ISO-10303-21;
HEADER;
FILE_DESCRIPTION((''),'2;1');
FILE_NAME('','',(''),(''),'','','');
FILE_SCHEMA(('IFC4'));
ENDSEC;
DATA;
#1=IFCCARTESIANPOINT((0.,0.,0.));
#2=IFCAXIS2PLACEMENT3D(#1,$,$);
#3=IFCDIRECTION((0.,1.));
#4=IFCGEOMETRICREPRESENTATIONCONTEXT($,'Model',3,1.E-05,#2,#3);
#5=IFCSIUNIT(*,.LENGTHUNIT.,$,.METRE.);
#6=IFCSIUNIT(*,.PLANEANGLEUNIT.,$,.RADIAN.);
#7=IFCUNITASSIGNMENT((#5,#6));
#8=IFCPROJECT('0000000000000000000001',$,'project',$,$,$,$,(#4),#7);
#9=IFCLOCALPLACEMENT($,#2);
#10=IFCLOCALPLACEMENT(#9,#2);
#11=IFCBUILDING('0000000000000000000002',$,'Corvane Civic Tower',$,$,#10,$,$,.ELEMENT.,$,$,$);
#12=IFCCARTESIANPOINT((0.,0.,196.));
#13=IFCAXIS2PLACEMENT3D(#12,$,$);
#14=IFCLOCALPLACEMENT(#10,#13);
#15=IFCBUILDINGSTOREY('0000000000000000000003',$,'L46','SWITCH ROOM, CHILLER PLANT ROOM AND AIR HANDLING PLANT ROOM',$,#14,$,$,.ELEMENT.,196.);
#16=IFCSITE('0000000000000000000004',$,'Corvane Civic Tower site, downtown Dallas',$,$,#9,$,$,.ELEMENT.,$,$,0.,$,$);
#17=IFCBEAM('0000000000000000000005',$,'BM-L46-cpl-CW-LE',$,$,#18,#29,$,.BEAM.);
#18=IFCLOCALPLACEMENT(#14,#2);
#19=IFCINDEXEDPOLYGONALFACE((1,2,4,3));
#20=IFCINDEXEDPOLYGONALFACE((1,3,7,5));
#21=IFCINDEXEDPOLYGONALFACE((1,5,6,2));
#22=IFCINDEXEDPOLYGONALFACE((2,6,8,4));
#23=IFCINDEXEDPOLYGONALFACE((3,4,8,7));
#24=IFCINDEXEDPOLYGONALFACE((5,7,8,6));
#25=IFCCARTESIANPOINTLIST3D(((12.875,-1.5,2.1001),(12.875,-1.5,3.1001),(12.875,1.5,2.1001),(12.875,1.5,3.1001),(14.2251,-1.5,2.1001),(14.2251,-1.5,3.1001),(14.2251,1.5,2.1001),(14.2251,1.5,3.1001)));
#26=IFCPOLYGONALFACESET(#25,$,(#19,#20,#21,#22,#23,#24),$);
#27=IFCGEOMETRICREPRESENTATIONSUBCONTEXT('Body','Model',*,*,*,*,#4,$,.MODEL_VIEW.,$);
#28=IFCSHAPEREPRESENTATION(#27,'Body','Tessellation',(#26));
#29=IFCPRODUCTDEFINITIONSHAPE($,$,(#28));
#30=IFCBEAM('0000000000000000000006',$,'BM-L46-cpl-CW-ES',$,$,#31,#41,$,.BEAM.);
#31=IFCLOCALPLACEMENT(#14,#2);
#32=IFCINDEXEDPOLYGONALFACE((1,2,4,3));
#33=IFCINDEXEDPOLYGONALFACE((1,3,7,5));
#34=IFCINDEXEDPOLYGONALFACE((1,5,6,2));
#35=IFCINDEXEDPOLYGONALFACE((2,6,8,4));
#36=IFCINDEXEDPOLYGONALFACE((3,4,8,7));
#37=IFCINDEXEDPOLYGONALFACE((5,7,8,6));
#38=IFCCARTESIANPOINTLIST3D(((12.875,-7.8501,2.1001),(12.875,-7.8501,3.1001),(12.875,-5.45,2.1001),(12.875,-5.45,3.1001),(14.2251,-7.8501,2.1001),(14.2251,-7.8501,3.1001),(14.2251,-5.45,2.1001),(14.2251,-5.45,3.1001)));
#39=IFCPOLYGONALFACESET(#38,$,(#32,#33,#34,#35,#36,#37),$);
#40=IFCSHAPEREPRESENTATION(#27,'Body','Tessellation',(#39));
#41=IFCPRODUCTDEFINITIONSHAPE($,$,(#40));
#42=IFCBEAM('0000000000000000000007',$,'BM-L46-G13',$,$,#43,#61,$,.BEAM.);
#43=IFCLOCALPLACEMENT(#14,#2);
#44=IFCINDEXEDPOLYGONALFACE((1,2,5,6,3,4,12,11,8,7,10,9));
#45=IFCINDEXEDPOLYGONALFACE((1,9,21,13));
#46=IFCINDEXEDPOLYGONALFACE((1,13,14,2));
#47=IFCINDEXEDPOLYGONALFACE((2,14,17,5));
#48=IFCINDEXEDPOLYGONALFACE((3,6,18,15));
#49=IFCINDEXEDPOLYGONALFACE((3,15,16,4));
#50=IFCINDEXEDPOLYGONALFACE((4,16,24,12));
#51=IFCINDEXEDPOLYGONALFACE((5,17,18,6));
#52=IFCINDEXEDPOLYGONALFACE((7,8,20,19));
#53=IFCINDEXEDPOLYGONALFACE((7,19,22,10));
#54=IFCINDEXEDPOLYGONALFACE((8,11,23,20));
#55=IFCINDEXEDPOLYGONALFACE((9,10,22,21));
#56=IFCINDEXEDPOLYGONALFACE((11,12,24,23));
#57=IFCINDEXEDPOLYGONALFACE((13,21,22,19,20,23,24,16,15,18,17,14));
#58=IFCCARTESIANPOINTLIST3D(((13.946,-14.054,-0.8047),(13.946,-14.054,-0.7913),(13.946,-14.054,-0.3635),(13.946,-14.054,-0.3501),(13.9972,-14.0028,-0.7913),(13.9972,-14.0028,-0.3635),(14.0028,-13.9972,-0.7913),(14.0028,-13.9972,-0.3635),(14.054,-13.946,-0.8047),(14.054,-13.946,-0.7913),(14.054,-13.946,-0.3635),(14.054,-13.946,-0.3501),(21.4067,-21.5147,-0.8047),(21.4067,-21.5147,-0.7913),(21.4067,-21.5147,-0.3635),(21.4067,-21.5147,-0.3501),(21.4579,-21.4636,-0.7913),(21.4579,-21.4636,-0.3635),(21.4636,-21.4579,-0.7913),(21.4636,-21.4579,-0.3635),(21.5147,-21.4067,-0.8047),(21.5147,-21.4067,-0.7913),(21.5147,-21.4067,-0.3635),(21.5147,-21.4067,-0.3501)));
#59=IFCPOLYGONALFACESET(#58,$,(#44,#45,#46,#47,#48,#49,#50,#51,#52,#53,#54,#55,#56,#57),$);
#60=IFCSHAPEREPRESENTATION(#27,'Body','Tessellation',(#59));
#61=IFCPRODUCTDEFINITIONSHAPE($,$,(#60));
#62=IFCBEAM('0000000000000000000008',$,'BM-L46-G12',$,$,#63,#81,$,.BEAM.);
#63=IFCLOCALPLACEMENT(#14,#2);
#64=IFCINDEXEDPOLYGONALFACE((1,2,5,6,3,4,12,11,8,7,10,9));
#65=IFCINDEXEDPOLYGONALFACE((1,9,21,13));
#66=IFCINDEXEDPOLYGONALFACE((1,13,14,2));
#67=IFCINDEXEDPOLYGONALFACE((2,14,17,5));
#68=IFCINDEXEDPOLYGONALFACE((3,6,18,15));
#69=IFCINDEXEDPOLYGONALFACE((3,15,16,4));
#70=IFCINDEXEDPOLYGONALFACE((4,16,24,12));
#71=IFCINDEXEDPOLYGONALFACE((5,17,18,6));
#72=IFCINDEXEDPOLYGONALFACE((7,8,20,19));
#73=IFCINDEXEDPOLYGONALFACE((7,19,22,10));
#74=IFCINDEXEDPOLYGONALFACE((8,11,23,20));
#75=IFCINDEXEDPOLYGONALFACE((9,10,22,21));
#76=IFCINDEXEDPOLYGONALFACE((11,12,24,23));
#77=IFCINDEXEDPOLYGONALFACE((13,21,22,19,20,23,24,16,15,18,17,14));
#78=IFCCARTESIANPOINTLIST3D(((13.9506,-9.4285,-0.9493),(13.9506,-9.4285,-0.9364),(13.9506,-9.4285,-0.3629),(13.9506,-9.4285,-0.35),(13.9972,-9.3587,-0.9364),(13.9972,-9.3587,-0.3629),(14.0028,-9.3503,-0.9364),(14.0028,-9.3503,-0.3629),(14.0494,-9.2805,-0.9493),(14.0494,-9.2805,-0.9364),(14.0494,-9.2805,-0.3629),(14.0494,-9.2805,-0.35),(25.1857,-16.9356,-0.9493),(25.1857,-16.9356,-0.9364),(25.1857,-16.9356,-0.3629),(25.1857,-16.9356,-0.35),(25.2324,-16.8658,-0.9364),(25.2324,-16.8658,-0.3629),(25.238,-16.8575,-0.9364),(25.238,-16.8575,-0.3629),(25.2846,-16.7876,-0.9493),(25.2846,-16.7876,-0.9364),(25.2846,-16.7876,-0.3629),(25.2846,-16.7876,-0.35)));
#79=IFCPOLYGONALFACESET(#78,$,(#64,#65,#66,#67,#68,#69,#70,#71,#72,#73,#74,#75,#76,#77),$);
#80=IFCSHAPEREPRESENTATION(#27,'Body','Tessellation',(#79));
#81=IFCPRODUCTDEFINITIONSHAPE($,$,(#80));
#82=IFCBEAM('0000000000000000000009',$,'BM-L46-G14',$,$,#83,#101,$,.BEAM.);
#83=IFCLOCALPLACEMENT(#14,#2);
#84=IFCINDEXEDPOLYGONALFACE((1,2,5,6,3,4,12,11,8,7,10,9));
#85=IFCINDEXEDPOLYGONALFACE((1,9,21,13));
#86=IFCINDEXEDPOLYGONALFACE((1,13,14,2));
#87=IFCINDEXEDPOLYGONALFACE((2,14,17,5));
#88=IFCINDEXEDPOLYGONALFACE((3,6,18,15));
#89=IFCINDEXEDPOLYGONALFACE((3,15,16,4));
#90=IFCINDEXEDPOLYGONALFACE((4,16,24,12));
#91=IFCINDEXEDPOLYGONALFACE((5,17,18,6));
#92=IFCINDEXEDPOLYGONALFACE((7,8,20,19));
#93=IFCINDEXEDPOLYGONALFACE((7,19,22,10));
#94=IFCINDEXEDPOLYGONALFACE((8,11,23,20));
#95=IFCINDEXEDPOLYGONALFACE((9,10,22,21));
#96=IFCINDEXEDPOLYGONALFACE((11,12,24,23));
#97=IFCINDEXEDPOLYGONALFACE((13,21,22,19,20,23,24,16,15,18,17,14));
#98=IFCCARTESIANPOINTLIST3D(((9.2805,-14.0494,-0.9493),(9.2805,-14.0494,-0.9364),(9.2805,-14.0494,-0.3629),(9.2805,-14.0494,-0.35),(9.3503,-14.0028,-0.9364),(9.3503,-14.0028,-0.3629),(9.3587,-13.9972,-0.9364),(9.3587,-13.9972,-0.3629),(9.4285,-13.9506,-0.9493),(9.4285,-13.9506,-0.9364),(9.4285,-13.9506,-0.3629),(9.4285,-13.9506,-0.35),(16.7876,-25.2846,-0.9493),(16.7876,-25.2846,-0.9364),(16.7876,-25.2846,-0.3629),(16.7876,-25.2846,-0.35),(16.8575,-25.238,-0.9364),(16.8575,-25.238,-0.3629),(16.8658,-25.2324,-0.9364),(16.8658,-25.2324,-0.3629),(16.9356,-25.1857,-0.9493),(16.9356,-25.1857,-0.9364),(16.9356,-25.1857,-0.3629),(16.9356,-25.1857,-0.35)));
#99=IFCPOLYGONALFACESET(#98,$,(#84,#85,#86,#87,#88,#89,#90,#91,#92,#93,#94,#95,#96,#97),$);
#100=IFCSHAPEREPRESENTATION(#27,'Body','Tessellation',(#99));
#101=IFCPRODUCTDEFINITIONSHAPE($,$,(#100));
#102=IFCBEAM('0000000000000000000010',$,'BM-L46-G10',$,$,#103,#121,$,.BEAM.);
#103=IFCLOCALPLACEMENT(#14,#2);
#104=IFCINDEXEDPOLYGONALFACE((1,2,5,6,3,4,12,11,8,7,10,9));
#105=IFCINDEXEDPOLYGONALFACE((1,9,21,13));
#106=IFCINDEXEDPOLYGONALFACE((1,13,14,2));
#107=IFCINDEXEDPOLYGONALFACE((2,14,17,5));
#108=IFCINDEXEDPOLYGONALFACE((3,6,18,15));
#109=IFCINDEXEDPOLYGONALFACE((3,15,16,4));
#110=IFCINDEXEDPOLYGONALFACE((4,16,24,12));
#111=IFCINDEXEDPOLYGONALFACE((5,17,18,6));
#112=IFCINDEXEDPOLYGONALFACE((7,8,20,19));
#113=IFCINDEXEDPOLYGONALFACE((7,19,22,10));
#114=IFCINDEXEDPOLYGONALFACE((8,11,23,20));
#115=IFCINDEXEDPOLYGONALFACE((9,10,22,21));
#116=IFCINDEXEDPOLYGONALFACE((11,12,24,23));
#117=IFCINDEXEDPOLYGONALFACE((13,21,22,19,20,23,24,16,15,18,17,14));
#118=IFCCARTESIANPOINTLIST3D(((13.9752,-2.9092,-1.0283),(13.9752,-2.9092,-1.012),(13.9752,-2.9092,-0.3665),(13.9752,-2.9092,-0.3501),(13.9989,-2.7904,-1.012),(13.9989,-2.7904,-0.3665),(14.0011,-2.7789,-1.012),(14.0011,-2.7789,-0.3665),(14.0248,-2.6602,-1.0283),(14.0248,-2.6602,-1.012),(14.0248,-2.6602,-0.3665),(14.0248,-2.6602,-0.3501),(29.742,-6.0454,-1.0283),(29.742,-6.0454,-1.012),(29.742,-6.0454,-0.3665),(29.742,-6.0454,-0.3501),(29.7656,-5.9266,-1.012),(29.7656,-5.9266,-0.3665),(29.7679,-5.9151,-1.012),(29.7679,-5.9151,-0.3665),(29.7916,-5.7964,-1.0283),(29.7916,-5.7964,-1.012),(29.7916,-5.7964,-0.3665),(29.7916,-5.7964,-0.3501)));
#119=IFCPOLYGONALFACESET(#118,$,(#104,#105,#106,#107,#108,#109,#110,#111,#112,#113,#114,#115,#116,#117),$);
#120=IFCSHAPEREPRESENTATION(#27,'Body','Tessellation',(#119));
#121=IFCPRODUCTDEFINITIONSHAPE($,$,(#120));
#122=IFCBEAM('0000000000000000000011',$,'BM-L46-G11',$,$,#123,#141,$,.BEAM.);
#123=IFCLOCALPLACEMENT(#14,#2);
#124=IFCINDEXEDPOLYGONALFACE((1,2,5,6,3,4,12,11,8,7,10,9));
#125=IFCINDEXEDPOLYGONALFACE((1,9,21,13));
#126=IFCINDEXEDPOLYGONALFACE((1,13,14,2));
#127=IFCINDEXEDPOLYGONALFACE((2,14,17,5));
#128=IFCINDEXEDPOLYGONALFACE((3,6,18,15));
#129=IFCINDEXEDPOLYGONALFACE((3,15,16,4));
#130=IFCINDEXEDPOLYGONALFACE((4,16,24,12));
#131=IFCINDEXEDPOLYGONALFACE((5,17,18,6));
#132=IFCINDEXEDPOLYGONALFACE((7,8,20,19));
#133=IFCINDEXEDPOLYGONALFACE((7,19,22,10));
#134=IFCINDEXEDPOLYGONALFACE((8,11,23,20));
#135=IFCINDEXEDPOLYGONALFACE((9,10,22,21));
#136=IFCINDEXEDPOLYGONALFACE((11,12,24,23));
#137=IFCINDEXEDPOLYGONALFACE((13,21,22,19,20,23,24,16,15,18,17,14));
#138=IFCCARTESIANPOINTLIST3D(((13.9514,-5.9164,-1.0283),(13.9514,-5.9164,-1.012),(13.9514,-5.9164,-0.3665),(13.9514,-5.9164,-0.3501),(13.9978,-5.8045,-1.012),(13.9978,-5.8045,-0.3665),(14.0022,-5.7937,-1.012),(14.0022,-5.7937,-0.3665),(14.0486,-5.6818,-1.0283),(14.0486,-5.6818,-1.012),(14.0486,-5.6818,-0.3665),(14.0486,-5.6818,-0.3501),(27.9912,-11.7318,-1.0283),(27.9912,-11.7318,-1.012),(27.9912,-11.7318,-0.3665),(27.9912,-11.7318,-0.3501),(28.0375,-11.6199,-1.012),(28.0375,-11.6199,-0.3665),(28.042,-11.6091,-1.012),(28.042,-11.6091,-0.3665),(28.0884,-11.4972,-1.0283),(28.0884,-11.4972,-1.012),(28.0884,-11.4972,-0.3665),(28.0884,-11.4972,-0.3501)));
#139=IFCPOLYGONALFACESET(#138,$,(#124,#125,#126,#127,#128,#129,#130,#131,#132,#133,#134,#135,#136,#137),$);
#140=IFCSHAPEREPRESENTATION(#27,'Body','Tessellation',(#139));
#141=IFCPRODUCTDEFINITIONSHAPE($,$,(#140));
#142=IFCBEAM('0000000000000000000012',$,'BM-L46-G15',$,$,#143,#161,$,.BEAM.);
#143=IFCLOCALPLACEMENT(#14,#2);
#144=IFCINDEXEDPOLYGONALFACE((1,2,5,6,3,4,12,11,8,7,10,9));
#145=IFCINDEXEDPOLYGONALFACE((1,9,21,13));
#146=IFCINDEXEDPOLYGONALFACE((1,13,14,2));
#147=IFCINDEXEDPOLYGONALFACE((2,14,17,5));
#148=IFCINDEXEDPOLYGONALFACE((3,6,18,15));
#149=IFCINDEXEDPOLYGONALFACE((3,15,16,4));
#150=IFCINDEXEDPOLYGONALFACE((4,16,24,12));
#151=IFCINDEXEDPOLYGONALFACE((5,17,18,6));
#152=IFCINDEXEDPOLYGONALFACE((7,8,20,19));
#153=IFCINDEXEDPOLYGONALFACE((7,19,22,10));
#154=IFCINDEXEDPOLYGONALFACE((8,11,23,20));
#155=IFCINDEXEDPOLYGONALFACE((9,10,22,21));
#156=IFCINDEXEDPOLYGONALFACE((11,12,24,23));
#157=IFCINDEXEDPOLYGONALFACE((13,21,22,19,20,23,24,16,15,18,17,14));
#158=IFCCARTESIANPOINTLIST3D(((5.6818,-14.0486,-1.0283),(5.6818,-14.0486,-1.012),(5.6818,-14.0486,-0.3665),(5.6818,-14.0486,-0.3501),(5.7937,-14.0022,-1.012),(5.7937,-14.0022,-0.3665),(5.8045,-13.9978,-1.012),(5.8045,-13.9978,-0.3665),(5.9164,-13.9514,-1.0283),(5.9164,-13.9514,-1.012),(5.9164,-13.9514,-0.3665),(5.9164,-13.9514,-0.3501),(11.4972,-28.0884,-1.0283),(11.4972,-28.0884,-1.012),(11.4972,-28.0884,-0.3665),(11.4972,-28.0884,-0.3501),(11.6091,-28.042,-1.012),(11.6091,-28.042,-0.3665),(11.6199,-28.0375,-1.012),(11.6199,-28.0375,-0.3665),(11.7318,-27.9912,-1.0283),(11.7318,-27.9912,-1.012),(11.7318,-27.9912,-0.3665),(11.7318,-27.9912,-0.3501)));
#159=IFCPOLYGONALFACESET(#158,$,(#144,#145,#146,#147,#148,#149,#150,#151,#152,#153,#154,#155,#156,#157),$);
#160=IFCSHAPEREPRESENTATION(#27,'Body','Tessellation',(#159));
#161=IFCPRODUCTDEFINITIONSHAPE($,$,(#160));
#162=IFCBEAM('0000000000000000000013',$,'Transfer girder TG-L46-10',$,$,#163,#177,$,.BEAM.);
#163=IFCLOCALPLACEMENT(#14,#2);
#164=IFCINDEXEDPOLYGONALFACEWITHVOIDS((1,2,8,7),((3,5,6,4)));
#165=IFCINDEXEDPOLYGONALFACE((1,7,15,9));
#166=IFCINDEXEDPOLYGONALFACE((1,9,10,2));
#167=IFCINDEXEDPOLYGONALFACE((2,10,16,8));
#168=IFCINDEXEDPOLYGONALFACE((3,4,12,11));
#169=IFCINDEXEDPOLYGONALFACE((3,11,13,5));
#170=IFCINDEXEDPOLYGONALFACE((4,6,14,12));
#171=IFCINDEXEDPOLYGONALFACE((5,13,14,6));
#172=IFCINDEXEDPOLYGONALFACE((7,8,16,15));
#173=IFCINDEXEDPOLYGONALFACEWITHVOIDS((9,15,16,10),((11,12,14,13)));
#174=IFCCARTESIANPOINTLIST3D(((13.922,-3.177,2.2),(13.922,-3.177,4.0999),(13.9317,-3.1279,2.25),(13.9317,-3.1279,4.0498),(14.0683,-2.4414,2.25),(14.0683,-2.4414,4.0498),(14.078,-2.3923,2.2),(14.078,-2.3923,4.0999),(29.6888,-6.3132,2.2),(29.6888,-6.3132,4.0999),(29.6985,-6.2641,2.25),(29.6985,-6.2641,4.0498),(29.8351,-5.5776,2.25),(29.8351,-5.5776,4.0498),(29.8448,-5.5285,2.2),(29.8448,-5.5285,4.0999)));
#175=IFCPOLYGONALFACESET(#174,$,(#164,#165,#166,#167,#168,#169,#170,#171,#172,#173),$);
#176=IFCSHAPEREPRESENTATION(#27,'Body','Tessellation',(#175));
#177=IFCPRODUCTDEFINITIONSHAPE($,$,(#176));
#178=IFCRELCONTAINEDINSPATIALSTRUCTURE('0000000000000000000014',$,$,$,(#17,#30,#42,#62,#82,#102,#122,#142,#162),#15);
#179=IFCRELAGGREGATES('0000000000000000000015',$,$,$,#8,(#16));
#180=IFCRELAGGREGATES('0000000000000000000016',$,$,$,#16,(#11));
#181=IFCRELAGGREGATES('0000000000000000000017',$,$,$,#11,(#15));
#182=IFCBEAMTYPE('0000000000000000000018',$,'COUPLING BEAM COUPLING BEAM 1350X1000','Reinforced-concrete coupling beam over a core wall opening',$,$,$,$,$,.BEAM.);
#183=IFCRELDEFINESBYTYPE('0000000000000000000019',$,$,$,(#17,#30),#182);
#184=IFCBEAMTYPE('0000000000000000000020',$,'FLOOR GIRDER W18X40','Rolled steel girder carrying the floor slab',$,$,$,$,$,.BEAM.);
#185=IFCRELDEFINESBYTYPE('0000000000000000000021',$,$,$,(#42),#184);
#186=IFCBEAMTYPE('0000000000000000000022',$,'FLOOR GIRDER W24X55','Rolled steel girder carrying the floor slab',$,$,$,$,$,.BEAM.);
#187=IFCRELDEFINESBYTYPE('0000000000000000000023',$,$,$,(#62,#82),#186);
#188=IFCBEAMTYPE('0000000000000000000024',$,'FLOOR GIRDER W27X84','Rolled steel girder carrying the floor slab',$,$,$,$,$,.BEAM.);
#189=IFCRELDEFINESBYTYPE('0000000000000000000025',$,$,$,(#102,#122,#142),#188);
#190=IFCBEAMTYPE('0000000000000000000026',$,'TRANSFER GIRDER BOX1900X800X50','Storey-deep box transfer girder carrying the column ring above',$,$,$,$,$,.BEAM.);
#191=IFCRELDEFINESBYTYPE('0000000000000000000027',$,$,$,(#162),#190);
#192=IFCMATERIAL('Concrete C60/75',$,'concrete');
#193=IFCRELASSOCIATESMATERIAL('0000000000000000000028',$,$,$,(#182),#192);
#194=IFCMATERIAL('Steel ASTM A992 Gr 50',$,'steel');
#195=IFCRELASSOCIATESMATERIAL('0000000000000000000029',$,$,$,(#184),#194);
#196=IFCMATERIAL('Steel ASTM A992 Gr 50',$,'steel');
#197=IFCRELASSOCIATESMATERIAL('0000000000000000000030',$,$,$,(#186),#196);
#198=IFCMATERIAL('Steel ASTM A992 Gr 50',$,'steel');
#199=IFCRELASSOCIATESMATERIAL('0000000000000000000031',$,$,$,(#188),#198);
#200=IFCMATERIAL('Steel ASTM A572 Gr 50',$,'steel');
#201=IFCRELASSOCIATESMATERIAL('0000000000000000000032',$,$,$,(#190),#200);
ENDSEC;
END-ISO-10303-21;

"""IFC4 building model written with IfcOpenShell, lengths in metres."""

from ifc_helpers import new_model, si_unit, direction, frame, origin, origin_2d, place, context, subcontext, project, spatial, rectangle, hollow_rectangle, i_section, extrude, material, material_profile, profile_set, type_object, element, save


model = new_model("IFC4")

# Units and contexts
model_context = context("Model", 3, precision=1e-05, world=origin(), true_north=direction((0.0, 1.0)))
body_context = subcontext(model_context, "Body", "Model", "MODEL_VIEW")
ifc_project = project(units=[si_unit("LENGTHUNIT", "METRE"), si_unit("PLANEANGLEUNIT", "RADIAN")], contexts=[model_context])

# Site, building, storey
site_placement = place(None, origin())
site = spatial("IfcSite", under=ifc_project, at=site_placement, Name="Corvane Civic Tower site, downtown Dallas", CompositionType="ELEMENT", RefElevation=0.0)
building_placement = place(site_placement, origin())
building = spatial("IfcBuilding", under=site, at=building_placement, Name="Corvane Civic Tower", CompositionType="ELEMENT")
storey_placement = place(building_placement, frame((0.0, 0.0, 196.0)))
storey = spatial("IfcBuildingStorey", under=building, at=storey_placement, Name="L46", Description="SWITCH ROOM, CHILLER PLANT ROOM AND AIR HANDLING PLANT ROOM", CompositionType="ELEMENT", Elevation=196.0)

# Beams
ifc_material_1 = material(Name="Concrete C60/75", Category="concrete")
ifc_material_profile_1 = material_profile(ifc_material_1, rectangle(XDim=1.3501, YDim=1.0, at=origin_2d()), Name="COUPLING BEAM 1350X1000")
ifc_profile_set_1 = profile_set([ifc_material_profile_1], Name="Concrete C60/75")
beam_type_1 = type_object("IfcBeamType", Name="COUPLING BEAM COUPLING BEAM 1350X1000", Description="Reinforced-concrete coupling beam over a core wall opening", PredefinedType="BEAM", material=ifc_profile_set_1)
beam_1_placement = place(storey_placement, frame((13.55, -1.5, 2.6001), z_axis=(0.0, 1.0, 0.0), x_axis=(-1.0, 0.0, 0.0)))
element("IfcBeam", 1, at=beam_1_placement, inside=storey, type_object=beam_type_1, Name="BM-L46-cpl-CW-LE", PredefinedType="BEAM", context=body_context, shape_type="SweptSolid", body=[
    extrude(rectangle(XDim=1.3501, YDim=1.0, at=origin_2d()), origin(), (0.0, 0.0, 1.0), 3.0),
])
beam_2_placement = place(storey_placement, frame((13.55, -7.8501, 2.6001), z_axis=(0.0, 1.0, 0.0), x_axis=(-1.0, 0.0, 0.0)))
element("IfcBeam", 2, at=beam_2_placement, inside=storey, type_object=beam_type_1, Name="BM-L46-cpl-CW-ES", PredefinedType="BEAM", context=body_context, shape_type="SweptSolid", body=[
    extrude(rectangle(XDim=1.3501, YDim=1.0, at=origin_2d()), origin(), (0.0, 0.0, 1.0), 2.4001),
])
ifc_material_2 = material(Name="Steel ASTM A992 Gr 50", Category="steel")
ifc_material_profile_2 = material_profile(ifc_material_2, i_section(OverallWidth=0.1528, OverallDepth=0.4546, WebThickness=0.0081, FlangeThickness=0.0134, at=origin_2d()), Name="W18X40")
ifc_profile_set_2 = profile_set([ifc_material_profile_2], Name="Steel ASTM A992 Gr 50")
beam_type_2 = type_object("IfcBeamType", Name="FLOOR GIRDER W18X40", Description="Rolled steel girder carrying the floor slab", PredefinedType="BEAM", material=ifc_profile_set_2)
beam_3_placement = place(storey_placement, frame((14.0, -14.0, -0.5774), z_axis=(0.707107, -0.707107, 0.0), x_axis=(0.707107, 0.707107, 0.0)))
element("IfcBeam", 3, at=beam_3_placement, inside=storey, type_object=beam_type_2, Name="BM-L46-G13", PredefinedType="BEAM", context=body_context, shape_type="SweptSolid", body=[
    extrude(i_section(OverallWidth=0.1528, OverallDepth=0.4546, WebThickness=0.0081, FlangeThickness=0.0134, at=origin_2d()), origin(), (0.0, 0.0, 1.0), 10.551),
])
ifc_material_3 = material(Name="Steel ASTM A992 Gr 50", Category="steel")
ifc_material_profile_3 = material_profile(ifc_material_3, i_section(OverallWidth=0.178, OverallDepth=0.5994, WebThickness=0.01, FlangeThickness=0.0129, at=origin_2d()), Name="W24X55")
ifc_profile_set_3 = profile_set([ifc_material_profile_3], Name="Steel ASTM A992 Gr 50")
beam_type_3 = type_object("IfcBeamType", Name="FLOOR GIRDER W24X55", Description="Rolled steel girder carrying the floor slab", PredefinedType="BEAM", material=ifc_profile_set_3)
for number, where, z_axis, x_axis, name in (
    (4, (14.0, -9.3545, -0.6497), (0.831469, -0.555571, 0.0), (0.555571, 0.831469, 0.0), "BM-L46-G12"),
    (5, (9.3545, -14.0, -0.6497), (0.555571, -0.831469, 0.0), (0.831469, 0.555571, 0.0), "BM-L46-G14"),
):
    element("IfcBeam", number, at=place(storey_placement, frame(where, z_axis=z_axis, x_axis=x_axis)), inside=storey, type_object=beam_type_3, Name=name, PredefinedType="BEAM", context=body_context, shape_type="SweptSolid", body=[
        extrude(i_section(OverallWidth=0.178, OverallDepth=0.5994, WebThickness=0.01, FlangeThickness=0.0129, at=origin_2d()), origin(), (0.0, 0.0, 1.0), 13.5125),
    ])
ifc_material_4 = material(Name="Steel ASTM A992 Gr 50", Category="steel")
ifc_material_profile_4 = material_profile(ifc_material_4, i_section(OverallWidth=0.2539, OverallDepth=0.6782, WebThickness=0.0117, FlangeThickness=0.0164, at=origin_2d()), Name="W27X84")
ifc_profile_set_4 = profile_set([ifc_material_profile_4], Name="Steel ASTM A992 Gr 50")
beam_type_4 = type_object("IfcBeamType", Name="FLOOR GIRDER W27X84", Description="Rolled steel girder carrying the floor slab", PredefinedType="BEAM", material=ifc_profile_set_4)
beam_4_placement = place(storey_placement, frame((14.0, -2.7847, -0.6892), z_axis=(0.980785, -0.195091, 0.0), x_axis=(0.195091, 0.980785, 0.0)))
element("IfcBeam", 6, at=beam_4_placement, inside=storey, type_object=beam_type_4, Name="BM-L46-G10", PredefinedType="BEAM", context=body_context, shape_type="SweptSolid", body=[
    extrude(i_section(OverallWidth=0.2539, OverallDepth=0.6782, WebThickness=0.0117, FlangeThickness=0.0164, at=origin_2d()), origin(), (0.0, 0.0, 1.0), 16.0757),
])
for number, where, z_axis, x_axis, name in (
    (7, (14.0, -5.7991, -0.6892), (0.923881, -0.382681, 0.0), (0.382681, 0.923881, 0.0), "BM-L46-G11"),
    (8, (5.7991, -14.0, -0.6892), (0.382681, -0.923881, 0.0), (0.923881, 0.382681, 0.0), "BM-L46-G15"),
):
    element("IfcBeam", number, at=place(storey_placement, frame(where, z_axis=z_axis, x_axis=x_axis)), inside=storey, type_object=beam_type_4, Name=name, PredefinedType="BEAM", context=body_context, shape_type="SweptSolid", body=[
        extrude(i_section(OverallWidth=0.2539, OverallDepth=0.6782, WebThickness=0.0117, FlangeThickness=0.0164, at=origin_2d()), origin(), (0.0, 0.0, 1.0), 15.1965),
    ])
ifc_material_5 = material(Name="Steel ASTM A572 Gr 50", Category="steel")
ifc_material_profile_5 = material_profile(ifc_material_5, hollow_rectangle(XDim=0.8, YDim=1.8999, WallThickness=0.05, at=origin_2d()), Name="BOX1900X800X50")
ifc_profile_set_5 = profile_set([ifc_material_profile_5], Name="Steel ASTM A572 Gr 50")
beam_type_5 = type_object("IfcBeamType", Name="TRANSFER GIRDER BOX1900X800X50", Description="Storey-deep box transfer girder carrying the column ring above", PredefinedType="BEAM", material=ifc_profile_set_5)
beam_5_placement = place(storey_placement, frame((14.0, -2.7847, 3.1499), z_axis=(0.980785, -0.195091, 0.0), x_axis=(0.195091, 0.980785, 0.0)))
element("IfcBeam", 9, at=beam_5_placement, inside=storey, type_object=beam_type_5, Name="Transfer girder TG-L46-10", PredefinedType="BEAM", context=body_context, shape_type="SweptSolid", body=[
    extrude(hollow_rectangle(XDim=0.8, YDim=1.8999, WallThickness=0.05, at=origin_2d()), origin(), (0.0, 0.0, 1.0), 16.0757),
])

save(model, "model.ifc")
